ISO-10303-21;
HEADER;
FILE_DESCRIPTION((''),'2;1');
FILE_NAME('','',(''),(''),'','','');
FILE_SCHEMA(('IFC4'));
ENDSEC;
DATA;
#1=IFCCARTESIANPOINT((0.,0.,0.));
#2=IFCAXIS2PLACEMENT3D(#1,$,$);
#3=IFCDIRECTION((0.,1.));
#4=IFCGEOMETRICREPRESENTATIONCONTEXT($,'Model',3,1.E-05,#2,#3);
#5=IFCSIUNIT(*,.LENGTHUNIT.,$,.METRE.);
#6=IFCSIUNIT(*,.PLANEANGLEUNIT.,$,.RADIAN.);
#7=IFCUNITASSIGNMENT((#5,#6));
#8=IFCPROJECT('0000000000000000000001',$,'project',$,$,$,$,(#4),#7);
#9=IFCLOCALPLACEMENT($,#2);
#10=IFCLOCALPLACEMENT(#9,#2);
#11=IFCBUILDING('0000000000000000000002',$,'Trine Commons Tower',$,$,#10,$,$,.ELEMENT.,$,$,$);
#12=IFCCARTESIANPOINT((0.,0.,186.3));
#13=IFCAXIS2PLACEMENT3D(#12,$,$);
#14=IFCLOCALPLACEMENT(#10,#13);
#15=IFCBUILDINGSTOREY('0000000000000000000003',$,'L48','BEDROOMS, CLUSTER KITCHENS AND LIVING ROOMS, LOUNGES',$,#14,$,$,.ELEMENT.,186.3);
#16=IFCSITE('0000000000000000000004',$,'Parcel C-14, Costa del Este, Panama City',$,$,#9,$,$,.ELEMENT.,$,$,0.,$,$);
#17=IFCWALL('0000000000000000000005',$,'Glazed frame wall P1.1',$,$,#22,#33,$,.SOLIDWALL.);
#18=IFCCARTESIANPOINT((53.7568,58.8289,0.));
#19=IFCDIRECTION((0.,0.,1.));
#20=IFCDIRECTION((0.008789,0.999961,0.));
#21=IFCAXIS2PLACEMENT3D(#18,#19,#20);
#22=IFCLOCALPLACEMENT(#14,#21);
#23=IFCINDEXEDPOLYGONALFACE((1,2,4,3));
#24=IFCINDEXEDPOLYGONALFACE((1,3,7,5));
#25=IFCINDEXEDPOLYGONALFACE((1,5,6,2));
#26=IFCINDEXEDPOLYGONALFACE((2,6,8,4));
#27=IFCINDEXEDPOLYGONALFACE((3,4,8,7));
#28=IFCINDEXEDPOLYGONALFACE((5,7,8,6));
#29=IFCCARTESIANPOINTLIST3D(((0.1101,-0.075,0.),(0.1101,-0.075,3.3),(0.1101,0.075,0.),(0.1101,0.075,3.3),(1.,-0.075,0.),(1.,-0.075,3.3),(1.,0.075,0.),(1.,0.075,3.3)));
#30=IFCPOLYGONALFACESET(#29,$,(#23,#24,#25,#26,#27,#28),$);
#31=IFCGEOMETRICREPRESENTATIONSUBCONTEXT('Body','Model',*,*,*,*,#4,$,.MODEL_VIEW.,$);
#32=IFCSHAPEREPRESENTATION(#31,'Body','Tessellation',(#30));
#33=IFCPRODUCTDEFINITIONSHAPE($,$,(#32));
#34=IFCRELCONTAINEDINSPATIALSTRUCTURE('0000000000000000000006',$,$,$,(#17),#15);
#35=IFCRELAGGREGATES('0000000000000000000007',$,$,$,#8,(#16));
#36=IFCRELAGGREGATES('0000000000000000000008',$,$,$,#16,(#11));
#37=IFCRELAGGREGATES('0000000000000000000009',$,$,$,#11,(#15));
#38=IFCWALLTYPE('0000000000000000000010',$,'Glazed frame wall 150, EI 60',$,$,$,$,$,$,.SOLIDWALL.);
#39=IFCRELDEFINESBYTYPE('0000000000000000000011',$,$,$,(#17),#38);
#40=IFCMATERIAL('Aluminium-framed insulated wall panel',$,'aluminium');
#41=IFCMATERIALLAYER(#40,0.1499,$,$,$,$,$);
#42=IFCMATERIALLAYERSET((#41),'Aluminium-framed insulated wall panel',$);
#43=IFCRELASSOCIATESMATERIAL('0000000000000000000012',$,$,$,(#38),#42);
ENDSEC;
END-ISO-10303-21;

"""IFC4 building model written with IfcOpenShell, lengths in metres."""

from ifc_helpers import new_model, si_unit, direction, frame, origin, place, context, subcontext, project, spatial, polyline, outline, extrude, material, layer, layer_set, type_object, element, save


model = new_model("IFC4")

# Units and contexts
model_context = context("Model", 3, precision=1e-05, world=origin(), true_north=direction((0.0, 1.0)))
body_context = subcontext(model_context, "Body", "Model", "MODEL_VIEW")
ifc_project = project(units=[si_unit("LENGTHUNIT", "METRE"), si_unit("PLANEANGLEUNIT", "RADIAN")], contexts=[model_context])

# Site, building, storey
site_placement = place(None, origin())
site = spatial("IfcSite", under=ifc_project, at=site_placement, Name="Parcel C-14, Costa del Este, Panama City", CompositionType="ELEMENT", RefElevation=0.0)
building_placement = place(site_placement, origin())
building = spatial("IfcBuilding", under=site, at=building_placement, Name="Trine Commons Tower", CompositionType="ELEMENT")
storey_placement = place(building_placement, frame((0.0, 0.0, 186.3)))
storey = spatial("IfcBuildingStorey", under=building, at=storey_placement, Name="L48", Description="BEDROOMS, CLUSTER KITCHENS AND LIVING ROOMS, LOUNGES", CompositionType="ELEMENT", Elevation=186.3)

# Wall
ifc_material_1 = material(Name="Aluminium-framed insulated wall panel", Category="aluminium")
ifc_layer_1 = layer(ifc_material_1, 0.1499)
ifc_layer_set_1 = layer_set([ifc_layer_1], Name="Aluminium-framed insulated wall panel")
wall_type_1 = type_object("IfcWallType", Name="Glazed frame wall 150, EI 60", PredefinedType="SOLIDWALL", material=ifc_layer_set_1)
wall_1_placement = place(storey_placement, frame((53.7568, 58.8289, 0.0), z_axis=(0.0, 0.0, 1.0), x_axis=(0.008789, 0.999961, 0.0)))
element("IfcWall", 1, at=wall_1_placement, inside=storey, type_object=wall_type_1, Name="Glazed frame wall P1.1", PredefinedType="SOLIDWALL", context=body_context, shape_type="SweptSolid", body=[
    extrude(outline(polyline([(0.1101, -0.075), (1.0, -0.075), (1.0, 0.075), (0.1101, 0.075), (0.1101, -0.075)])), origin(), (0.0, 0.0, 1.0), 3.3),
])

save(model, "model.ifc")
